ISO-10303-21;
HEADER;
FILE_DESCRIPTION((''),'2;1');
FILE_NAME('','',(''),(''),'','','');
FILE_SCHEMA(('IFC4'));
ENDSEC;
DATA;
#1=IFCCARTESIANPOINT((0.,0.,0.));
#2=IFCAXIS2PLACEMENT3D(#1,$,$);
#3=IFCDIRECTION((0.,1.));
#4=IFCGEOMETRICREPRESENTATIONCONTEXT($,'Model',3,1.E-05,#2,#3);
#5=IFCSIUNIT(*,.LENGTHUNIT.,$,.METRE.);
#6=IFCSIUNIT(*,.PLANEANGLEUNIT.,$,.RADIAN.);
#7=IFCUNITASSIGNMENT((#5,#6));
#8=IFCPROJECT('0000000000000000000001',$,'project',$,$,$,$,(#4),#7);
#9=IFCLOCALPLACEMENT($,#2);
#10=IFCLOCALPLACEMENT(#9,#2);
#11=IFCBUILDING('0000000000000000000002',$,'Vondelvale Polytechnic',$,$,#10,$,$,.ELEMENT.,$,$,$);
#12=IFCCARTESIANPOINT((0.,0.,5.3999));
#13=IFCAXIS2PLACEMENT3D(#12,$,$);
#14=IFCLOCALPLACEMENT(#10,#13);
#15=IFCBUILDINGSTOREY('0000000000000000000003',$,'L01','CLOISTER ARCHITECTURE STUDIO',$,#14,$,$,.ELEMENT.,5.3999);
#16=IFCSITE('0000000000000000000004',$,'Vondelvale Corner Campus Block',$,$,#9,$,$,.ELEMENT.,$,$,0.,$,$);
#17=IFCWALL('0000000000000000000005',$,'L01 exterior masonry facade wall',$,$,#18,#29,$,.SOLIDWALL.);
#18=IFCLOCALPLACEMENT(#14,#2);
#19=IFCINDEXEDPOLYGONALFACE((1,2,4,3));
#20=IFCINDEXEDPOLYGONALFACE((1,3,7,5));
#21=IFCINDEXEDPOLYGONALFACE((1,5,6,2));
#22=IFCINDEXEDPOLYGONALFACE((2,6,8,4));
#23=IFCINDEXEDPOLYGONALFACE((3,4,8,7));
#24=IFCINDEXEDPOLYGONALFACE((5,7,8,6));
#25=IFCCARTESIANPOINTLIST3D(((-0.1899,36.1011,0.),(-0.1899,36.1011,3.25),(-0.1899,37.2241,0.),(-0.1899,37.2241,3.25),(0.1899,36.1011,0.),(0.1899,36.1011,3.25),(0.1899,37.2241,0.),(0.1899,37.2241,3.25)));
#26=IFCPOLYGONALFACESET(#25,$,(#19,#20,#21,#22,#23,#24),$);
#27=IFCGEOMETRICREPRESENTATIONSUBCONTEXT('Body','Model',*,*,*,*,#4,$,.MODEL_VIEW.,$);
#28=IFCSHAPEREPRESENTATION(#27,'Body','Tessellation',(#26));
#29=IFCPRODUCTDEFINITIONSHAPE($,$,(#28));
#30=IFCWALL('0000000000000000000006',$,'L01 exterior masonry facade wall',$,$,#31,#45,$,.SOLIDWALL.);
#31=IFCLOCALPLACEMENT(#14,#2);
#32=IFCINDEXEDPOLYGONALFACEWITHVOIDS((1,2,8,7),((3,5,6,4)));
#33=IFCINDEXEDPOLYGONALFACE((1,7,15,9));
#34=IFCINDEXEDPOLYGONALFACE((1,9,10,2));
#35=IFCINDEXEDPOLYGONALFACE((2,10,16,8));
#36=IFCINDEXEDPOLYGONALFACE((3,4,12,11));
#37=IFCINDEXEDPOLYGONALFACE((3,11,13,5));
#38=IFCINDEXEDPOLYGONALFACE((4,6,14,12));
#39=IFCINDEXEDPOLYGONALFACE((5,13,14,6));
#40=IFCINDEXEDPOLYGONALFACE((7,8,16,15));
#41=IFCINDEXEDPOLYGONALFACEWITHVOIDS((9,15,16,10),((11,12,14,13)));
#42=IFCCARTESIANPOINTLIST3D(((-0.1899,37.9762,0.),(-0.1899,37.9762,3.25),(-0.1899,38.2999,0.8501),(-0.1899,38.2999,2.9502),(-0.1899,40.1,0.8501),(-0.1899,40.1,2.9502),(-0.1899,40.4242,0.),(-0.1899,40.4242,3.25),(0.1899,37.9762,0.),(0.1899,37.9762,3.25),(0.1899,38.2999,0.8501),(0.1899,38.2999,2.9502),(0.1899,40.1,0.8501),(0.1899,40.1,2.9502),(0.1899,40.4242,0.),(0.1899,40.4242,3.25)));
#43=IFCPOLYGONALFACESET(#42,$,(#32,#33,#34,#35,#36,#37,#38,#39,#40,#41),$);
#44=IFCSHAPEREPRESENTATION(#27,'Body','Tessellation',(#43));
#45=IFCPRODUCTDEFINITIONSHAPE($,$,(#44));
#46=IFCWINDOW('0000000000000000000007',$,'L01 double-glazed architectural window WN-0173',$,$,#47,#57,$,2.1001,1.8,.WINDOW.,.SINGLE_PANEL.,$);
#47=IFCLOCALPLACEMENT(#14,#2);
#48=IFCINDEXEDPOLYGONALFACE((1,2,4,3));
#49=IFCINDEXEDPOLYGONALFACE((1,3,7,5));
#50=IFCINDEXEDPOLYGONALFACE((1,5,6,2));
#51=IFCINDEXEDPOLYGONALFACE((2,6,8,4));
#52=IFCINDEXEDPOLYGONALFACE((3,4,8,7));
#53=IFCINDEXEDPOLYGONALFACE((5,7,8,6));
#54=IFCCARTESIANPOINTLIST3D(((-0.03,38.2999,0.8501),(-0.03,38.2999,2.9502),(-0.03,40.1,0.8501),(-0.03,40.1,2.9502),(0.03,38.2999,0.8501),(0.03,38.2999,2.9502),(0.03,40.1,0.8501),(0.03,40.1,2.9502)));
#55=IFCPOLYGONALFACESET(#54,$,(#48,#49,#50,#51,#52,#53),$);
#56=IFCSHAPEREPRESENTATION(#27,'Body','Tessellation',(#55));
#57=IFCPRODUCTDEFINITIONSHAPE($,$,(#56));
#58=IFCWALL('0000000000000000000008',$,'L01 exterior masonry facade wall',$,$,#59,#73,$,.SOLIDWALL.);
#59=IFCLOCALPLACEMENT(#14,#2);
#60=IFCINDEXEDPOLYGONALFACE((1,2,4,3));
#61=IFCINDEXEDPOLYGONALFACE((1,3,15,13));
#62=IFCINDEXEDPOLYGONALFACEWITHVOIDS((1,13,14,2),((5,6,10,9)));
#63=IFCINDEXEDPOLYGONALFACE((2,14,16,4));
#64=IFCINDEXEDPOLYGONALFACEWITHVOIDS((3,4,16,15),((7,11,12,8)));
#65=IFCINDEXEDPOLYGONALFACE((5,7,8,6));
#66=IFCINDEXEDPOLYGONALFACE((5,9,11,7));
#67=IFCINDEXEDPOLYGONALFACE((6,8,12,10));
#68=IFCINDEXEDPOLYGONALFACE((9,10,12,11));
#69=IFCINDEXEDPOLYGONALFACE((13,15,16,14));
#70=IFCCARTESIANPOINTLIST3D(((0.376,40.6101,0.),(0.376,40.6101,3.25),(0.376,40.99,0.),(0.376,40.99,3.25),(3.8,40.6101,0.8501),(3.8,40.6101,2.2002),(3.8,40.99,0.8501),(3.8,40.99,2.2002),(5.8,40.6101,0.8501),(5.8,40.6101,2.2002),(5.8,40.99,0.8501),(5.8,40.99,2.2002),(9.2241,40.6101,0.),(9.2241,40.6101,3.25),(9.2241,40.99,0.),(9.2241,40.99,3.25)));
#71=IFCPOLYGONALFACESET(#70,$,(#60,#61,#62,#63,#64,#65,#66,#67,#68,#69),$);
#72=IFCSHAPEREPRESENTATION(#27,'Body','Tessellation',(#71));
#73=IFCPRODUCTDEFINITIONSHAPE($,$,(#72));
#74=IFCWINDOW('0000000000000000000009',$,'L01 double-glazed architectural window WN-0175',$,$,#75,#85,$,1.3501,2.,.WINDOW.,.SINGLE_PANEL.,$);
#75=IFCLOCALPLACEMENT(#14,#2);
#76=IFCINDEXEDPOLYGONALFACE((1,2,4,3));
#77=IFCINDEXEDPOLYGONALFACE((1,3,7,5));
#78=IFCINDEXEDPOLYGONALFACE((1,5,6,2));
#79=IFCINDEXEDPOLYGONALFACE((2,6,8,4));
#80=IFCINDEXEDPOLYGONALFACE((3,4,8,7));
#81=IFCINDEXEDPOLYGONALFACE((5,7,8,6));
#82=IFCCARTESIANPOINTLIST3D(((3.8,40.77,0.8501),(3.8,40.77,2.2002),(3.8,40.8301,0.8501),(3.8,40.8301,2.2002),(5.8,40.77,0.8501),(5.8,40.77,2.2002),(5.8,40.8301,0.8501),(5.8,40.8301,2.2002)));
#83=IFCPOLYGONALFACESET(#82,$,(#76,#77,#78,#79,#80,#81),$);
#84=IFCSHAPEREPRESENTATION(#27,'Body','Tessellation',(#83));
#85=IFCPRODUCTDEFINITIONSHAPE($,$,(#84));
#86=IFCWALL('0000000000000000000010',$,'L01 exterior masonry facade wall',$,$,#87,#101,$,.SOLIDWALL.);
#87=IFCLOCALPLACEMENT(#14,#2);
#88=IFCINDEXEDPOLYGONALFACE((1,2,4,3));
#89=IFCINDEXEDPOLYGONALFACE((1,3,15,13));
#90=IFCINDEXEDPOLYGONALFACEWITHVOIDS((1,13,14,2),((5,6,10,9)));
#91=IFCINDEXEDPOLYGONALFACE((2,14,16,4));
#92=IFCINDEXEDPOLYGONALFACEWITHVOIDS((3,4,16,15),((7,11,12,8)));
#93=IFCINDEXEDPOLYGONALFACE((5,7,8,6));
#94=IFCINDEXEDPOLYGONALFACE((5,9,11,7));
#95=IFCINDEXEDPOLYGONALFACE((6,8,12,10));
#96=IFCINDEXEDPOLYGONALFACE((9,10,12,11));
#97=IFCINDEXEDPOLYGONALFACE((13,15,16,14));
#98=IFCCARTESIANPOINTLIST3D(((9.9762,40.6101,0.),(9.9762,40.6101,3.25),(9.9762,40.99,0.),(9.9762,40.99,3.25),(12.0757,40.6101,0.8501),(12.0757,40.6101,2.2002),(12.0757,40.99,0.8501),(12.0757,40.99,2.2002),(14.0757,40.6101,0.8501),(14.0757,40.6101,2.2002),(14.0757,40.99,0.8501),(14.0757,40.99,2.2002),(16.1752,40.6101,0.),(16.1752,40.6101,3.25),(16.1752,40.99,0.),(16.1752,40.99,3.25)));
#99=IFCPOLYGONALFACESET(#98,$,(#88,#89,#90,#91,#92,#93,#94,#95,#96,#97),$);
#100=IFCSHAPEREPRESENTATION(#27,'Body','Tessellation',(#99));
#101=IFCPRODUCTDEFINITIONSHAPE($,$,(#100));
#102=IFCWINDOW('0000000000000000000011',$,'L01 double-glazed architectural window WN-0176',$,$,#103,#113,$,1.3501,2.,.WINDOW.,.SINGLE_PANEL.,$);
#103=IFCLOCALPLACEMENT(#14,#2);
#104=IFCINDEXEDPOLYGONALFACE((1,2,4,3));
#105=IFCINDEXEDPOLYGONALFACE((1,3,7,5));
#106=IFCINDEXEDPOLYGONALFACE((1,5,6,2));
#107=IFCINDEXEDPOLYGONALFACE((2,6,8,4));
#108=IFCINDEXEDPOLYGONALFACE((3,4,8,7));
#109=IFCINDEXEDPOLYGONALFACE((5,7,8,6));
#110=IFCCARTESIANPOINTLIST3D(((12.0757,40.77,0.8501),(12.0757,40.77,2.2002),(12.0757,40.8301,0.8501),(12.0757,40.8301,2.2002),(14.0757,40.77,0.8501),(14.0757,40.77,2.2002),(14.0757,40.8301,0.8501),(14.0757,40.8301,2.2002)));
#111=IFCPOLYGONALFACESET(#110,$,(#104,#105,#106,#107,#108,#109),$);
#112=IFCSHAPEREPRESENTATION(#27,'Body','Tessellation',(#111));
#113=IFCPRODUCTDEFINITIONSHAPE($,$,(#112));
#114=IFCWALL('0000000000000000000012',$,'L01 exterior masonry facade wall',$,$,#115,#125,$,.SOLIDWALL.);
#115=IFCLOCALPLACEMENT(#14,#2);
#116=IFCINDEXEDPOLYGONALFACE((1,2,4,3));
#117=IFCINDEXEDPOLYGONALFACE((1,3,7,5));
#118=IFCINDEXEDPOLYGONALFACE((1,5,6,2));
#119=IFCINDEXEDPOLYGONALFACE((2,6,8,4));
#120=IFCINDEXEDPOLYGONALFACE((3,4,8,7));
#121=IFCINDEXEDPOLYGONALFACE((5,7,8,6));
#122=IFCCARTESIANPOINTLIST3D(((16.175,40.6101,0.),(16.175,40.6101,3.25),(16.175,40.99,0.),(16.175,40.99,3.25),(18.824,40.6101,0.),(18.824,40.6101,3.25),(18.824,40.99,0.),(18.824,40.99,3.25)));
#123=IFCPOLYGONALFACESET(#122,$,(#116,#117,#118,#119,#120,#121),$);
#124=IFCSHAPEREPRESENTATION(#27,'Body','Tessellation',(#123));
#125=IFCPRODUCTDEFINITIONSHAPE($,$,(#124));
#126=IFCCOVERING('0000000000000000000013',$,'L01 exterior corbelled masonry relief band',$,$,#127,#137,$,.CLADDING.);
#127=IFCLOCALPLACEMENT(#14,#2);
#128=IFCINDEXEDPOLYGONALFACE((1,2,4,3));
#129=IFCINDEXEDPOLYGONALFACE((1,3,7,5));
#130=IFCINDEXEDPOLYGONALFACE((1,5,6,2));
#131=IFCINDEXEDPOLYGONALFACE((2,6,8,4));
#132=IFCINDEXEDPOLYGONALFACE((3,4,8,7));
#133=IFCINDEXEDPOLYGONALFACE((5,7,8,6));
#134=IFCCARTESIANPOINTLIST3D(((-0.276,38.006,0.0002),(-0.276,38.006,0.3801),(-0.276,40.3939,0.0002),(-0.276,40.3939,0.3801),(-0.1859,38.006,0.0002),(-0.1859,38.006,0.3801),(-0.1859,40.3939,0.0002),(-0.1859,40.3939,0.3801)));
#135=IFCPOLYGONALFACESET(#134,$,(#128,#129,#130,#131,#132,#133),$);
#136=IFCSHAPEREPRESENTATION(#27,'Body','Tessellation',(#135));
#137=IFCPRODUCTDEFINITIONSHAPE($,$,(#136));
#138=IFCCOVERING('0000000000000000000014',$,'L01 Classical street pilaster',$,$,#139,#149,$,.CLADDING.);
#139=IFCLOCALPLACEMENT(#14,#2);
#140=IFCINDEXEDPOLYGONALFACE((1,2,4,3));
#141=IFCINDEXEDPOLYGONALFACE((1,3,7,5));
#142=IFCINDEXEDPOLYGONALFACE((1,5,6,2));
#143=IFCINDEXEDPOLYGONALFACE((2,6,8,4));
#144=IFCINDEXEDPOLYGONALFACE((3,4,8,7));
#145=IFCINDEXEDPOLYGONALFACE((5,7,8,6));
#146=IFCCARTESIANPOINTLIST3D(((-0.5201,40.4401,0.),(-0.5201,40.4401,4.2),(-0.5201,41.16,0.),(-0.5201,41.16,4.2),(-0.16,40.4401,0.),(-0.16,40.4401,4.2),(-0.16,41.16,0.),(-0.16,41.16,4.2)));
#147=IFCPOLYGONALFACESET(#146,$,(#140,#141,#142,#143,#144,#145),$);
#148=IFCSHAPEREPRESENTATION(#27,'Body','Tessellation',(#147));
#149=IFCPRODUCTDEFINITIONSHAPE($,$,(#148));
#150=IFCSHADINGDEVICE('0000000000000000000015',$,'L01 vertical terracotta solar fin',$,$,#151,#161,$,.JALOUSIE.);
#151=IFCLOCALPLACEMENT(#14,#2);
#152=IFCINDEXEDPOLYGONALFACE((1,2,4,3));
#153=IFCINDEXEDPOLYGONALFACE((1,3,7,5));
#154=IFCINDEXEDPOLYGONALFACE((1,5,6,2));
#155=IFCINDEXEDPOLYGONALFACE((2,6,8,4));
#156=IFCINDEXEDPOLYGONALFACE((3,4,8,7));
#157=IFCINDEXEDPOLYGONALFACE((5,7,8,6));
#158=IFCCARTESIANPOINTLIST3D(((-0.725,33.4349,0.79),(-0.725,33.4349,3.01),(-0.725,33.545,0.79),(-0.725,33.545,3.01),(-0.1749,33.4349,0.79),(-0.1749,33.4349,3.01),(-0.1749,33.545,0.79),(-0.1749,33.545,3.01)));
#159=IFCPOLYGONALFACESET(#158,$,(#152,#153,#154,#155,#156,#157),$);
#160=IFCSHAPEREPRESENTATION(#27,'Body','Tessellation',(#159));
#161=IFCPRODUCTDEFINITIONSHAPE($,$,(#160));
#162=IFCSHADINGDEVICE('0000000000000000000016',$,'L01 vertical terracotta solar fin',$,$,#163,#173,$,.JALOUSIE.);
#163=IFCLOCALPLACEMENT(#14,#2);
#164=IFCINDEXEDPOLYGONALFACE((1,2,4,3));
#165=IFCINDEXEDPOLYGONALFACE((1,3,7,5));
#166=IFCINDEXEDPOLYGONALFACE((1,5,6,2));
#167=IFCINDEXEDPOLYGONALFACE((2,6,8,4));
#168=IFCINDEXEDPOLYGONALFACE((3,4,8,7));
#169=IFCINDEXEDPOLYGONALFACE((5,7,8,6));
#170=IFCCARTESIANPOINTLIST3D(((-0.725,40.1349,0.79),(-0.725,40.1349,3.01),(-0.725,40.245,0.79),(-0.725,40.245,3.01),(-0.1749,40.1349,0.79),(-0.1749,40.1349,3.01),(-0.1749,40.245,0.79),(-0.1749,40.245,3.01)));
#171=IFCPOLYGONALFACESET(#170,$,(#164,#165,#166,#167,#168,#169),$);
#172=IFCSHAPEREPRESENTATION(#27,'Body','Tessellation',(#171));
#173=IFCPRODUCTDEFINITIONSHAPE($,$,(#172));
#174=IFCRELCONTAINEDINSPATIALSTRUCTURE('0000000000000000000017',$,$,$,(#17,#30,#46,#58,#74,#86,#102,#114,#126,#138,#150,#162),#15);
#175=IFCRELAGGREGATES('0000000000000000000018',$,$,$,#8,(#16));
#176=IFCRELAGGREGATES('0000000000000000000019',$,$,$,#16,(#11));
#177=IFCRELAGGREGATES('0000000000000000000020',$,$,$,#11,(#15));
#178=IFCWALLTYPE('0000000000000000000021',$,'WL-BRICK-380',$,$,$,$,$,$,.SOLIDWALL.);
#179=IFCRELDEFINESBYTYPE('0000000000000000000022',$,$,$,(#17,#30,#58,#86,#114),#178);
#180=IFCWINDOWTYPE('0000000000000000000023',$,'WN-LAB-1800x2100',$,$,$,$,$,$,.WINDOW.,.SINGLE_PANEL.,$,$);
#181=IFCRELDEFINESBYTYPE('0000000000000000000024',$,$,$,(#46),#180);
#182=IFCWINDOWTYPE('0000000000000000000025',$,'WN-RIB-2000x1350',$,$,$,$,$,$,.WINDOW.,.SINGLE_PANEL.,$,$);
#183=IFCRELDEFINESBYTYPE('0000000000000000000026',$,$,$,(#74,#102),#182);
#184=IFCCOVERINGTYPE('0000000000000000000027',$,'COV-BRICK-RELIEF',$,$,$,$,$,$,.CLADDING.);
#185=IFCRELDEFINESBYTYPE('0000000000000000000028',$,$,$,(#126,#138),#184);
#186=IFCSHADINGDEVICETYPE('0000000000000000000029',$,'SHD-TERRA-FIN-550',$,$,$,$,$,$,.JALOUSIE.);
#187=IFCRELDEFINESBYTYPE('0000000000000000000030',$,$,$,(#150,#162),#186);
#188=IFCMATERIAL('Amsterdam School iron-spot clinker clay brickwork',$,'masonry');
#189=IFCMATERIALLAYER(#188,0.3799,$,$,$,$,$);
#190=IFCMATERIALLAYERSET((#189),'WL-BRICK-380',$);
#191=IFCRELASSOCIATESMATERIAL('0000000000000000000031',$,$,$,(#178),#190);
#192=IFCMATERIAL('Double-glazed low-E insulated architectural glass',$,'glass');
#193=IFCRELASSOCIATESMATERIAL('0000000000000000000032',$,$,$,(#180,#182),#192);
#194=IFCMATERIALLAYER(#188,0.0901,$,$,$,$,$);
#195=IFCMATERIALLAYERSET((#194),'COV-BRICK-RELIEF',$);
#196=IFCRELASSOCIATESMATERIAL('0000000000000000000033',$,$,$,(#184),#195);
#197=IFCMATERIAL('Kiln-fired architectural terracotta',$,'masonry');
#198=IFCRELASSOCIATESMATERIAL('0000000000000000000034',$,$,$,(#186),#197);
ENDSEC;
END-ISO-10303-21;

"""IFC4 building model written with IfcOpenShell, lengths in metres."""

from ifc_helpers import new_model, si_unit, direction, frame, frame_2d, origin, origin_2d, place, context, subcontext, project, spatial, rectangle, extrude, material, layer, layer_set, type_object, element, fill, save


model = new_model("IFC4")

# Units and contexts
model_context = context("Model", 3, precision=1e-05, world=origin(), true_north=direction((0.0, 1.0)))
body_context = subcontext(model_context, "Body", "Model", "MODEL_VIEW")
ifc_project = project(units=[si_unit("LENGTHUNIT", "METRE"), si_unit("PLANEANGLEUNIT", "RADIAN")], contexts=[model_context])

# Site, building, storey
site_placement = place(None, origin())
site = spatial("IfcSite", under=ifc_project, at=site_placement, Name="Vondelvale Corner Campus Block", CompositionType="ELEMENT", RefElevation=0.0)
building_placement = place(site_placement, origin())
building = spatial("IfcBuilding", under=site, at=building_placement, Name="Vondelvale Polytechnic", CompositionType="ELEMENT")
storey_placement = place(building_placement, frame((0.0, 0.0, 5.3999)))
storey = spatial("IfcBuildingStorey", under=building, at=storey_placement, Name="L01", Description="CLOISTER ARCHITECTURE STUDIO", CompositionType="ELEMENT", Elevation=5.3999)

# Wall
ifc_material_1 = material(Name="Amsterdam School iron-spot clinker clay brickwork", Category="masonry")
ifc_layer_1 = layer(ifc_material_1, 0.3799)
ifc_layer_set_1 = layer_set([ifc_layer_1], Name="WL-BRICK-380")
wall_type = type_object("IfcWallType", Name="WL-BRICK-380", PredefinedType="SOLIDWALL", material=ifc_layer_set_1)
wall_1_placement = place(storey_placement, frame((0.0, 36.1011, 0.0), z_axis=(0.0, 0.0, 1.0), x_axis=(0.0, 1.0, 0.0)))
element("IfcWall", 1, at=wall_1_placement, inside=storey, type_object=wall_type, Name="L01 exterior masonry facade wall", PredefinedType="SOLIDWALL", context=body_context, shape_type="SweptSolid", body=[
    extrude(rectangle(XDim=1.123, YDim=0.3799, at=frame_2d((0.5615, 0.0))), origin(), (0.0, 0.0, 1.0), 3.25),
])

# Walls, openings, windows
wall_2_placement = place(storey_placement, frame((0.0, 37.9761, 0.0), z_axis=(0.0, 0.0, 1.0), x_axis=(0.0, 1.0, 0.0)))
wall_2 = element("IfcWall", 2, at=wall_2_placement, inside=storey, type_object=wall_type, Name="L01 exterior masonry facade wall", PredefinedType="SOLIDWALL", context=body_context, shape_type="SweptSolid", body=[
    extrude(rectangle(XDim=2.448, YDim=0.3799, at=frame_2d((1.2241, 0.0))), origin(), (0.0, 0.0, 1.0), 3.25),
])
opening_1_placement = place(wall_2_placement, frame((0.324, 0.0, 0.8501)))
opening_1 = element("IfcOpeningElement", 3, at=opening_1_placement, cuts=wall_2, PredefinedType="OPENING", context=body_context, shape_type="SweptSolid", body=[
    extrude(rectangle(XDim=1.8, YDim=2.1001, at=frame_2d((0.8999, 1.05))), frame((0.0, 0.2, 0.0), z_axis=(0.0, -1.0, 0.0), x_axis=(1.0, 0.0, 0.0)), (0.0, 0.0, 1.0), 0.3999),
])
ifc_material_2 = material(Name="Double-glazed low-E insulated architectural glass", Category="glass")
window_type_1 = type_object("IfcWindowType", Name="WN-LAB-1800x2100", PartitioningType="SINGLE_PANEL", PredefinedType="WINDOW", material=ifc_material_2)
window_1_placement = place(opening_1_placement, origin())
window_1 = element("IfcWindow", 4, at=window_1_placement, inside=storey, type_object=window_type_1, Name="L01 double-glazed architectural window WN-0173", OverallHeight=2.1001, OverallWidth=1.8, PartitioningType="SINGLE_PANEL", PredefinedType="WINDOW", context=body_context, shape_type="SweptSolid", body=[
    extrude(rectangle(XDim=1.8, YDim=2.1001, at=frame_2d((0.8999, 1.05))), frame((0.0, 0.03, 0.0), z_axis=(0.0, -1.0, 0.0), x_axis=(1.0, 0.0, 0.0)), (0.0, 0.0, 1.0), 0.0601),
])
fill(opening_1, window_1)
wall_3_placement = place(storey_placement, frame((0.376, 40.8, 0.0), z_axis=(0.0, 0.0, 1.0), x_axis=(1.0, 0.0, 0.0)))
wall_3 = element("IfcWall", 5, at=wall_3_placement, inside=storey, type_object=wall_type, Name="L01 exterior masonry facade wall", PredefinedType="SOLIDWALL", context=body_context, shape_type="SweptSolid", body=[
    extrude(rectangle(XDim=8.8481, YDim=0.3799, at=frame_2d((4.4241, 0.0))), origin(), (0.0, 0.0, 1.0), 3.25),
])
opening_2_placement = place(wall_3_placement, frame((3.4241, 0.0, 0.8501)))
opening_2 = element("IfcOpeningElement", 6, at=opening_2_placement, cuts=wall_3, PredefinedType="OPENING", context=body_context, shape_type="SweptSolid", body=[
    extrude(rectangle(XDim=2.0, YDim=1.3501, at=frame_2d((1.0, 0.675))), frame((0.0, 0.2, 0.0), z_axis=(0.0, -1.0, 0.0), x_axis=(1.0, 0.0, 0.0)), (0.0, 0.0, 1.0), 0.3999),
])
window_type_2 = type_object("IfcWindowType", Name="WN-RIB-2000x1350", PartitioningType="SINGLE_PANEL", PredefinedType="WINDOW", material=ifc_material_2)
window_2_placement = place(opening_2_placement, origin())
window_2 = element("IfcWindow", 7, at=window_2_placement, inside=storey, type_object=window_type_2, Name="L01 double-glazed architectural window WN-0175", OverallHeight=1.3501, OverallWidth=2.0, PartitioningType="SINGLE_PANEL", PredefinedType="WINDOW", context=body_context, shape_type="SweptSolid", body=[
    extrude(rectangle(XDim=2.0, YDim=1.3501, at=frame_2d((1.0, 0.675))), frame((0.0, 0.03, 0.0), z_axis=(0.0, -1.0, 0.0), x_axis=(1.0, 0.0, 0.0)), (0.0, 0.0, 1.0), 0.0601),
])
fill(opening_2, window_2)
wall_4_placement = place(storey_placement, frame((9.9761, 40.8, 0.0), z_axis=(0.0, 0.0, 1.0), x_axis=(1.0, 0.0, 0.0)))
wall_4 = element("IfcWall", 8, at=wall_4_placement, inside=storey, type_object=wall_type, Name="L01 exterior masonry facade wall", PredefinedType="SOLIDWALL", context=body_context, shape_type="SweptSolid", body=[
    extrude(rectangle(XDim=6.199, YDim=0.3799, at=frame_2d((3.0996, 0.0))), origin(), (0.0, 0.0, 1.0), 3.25),
])
opening_3_placement = place(wall_4_placement, frame((2.0996, 0.0, 0.8501)))
opening_3 = element("IfcOpeningElement", 9, at=opening_3_placement, cuts=wall_4, PredefinedType="OPENING", context=body_context, shape_type="SweptSolid", body=[
    extrude(rectangle(XDim=2.0, YDim=1.3501, at=frame_2d((1.0, 0.675))), frame((0.0, 0.2, 0.0), z_axis=(0.0, -1.0, 0.0), x_axis=(1.0, 0.0, 0.0)), (0.0, 0.0, 1.0), 0.3999),
])
window_3_placement = place(opening_3_placement, origin())
window_3 = element("IfcWindow", 10, at=window_3_placement, inside=storey, type_object=window_type_2, Name="L01 double-glazed architectural window WN-0176", OverallHeight=1.3501, OverallWidth=2.0, PartitioningType="SINGLE_PANEL", PredefinedType="WINDOW", context=body_context, shape_type="SweptSolid", body=[
    extrude(rectangle(XDim=2.0, YDim=1.3501, at=frame_2d((1.0, 0.675))), frame((0.0, 0.03, 0.0), z_axis=(0.0, -1.0, 0.0), x_axis=(1.0, 0.0, 0.0)), (0.0, 0.0, 1.0), 0.0601),
])
fill(opening_3, window_3)

# Wall
wall_5_placement = place(storey_placement, frame((16.175, 40.8, 0.0), z_axis=(0.0, 0.0, 1.0), x_axis=(1.0, 0.0, 0.0)))
element("IfcWall", 11, at=wall_5_placement, inside=storey, type_object=wall_type, Name="L01 exterior masonry facade wall", PredefinedType="SOLIDWALL", context=body_context, shape_type="SweptSolid", body=[
    extrude(rectangle(XDim=2.6489, YDim=0.3799, at=frame_2d((1.3245, 0.0))), origin(), (0.0, 0.0, 1.0), 3.25),
])

# Coverings
ifc_layer_2 = layer(ifc_material_1, 0.0901)
ifc_layer_set_2 = layer_set([ifc_layer_2], Name="COV-BRICK-RELIEF")
covering_type = type_object("IfcCoveringType", Name="COV-BRICK-RELIEF", PredefinedType="CLADDING", material=ifc_layer_set_2)
covering_1_placement = place(storey_placement, frame((-0.231, 39.2, 0.0002), z_axis=(0.0, 0.0, 1.0), x_axis=(0.0, 1.0, 0.0)))
element("IfcCovering", 12, at=covering_1_placement, inside=storey, type_object=covering_type, Name="L01 exterior corbelled masonry relief band", PredefinedType="CLADDING", context=body_context, shape_type="SweptSolid", body=[
    extrude(rectangle(XDim=2.3879, YDim=0.0901, at=origin_2d()), origin(), (0.0, 0.0, 1.0), 0.3799),
])
covering_2_placement = place(storey_placement, frame((-0.3401, 40.8, 0.0), z_axis=(0.0, 0.0, 1.0), x_axis=(1.0, 0.0, 0.0)))
element("IfcCovering", 13, at=covering_2_placement, inside=storey, type_object=covering_type, Name="L01 Classical street pilaster", PredefinedType="CLADDING", context=body_context, shape_type="SweptSolid", body=[
    extrude(rectangle(XDim=0.3601, YDim=0.72, at=origin_2d()), origin(), (0.0, 0.0, 1.0), 4.2),
])

# Shading devices
ifc_material_3 = material(Name="Kiln-fired architectural terracotta", Category="masonry")
shading_device_type = type_object("IfcShadingDeviceType", Name="SHD-TERRA-FIN-550", PredefinedType="JALOUSIE", material=ifc_material_3)
for number, where, z_axis, x_axis, name in (
    (14, (-0.45, 33.49, 0.79), (0.0, 0.0, 1.0), (0.0, 1.0, 0.0), "L01 vertical terracotta solar fin"),
    (15, (-0.45, 40.1899, 0.79), (0.0, 0.0, 1.0), (0.0, 1.0, 0.0), "L01 vertical terracotta solar fin"),
):
    element("IfcShadingDevice", number, at=place(storey_placement, frame(where, z_axis=z_axis, x_axis=x_axis)), inside=storey, type_object=shading_device_type, Name=name, PredefinedType="JALOUSIE", context=body_context, shape_type="SweptSolid", body=[
        extrude(rectangle(XDim=0.1101, YDim=0.55, at=origin_2d()), origin(), (0.0, 0.0, 1.0), 2.22),
    ])

save(model, "model.ifc")
